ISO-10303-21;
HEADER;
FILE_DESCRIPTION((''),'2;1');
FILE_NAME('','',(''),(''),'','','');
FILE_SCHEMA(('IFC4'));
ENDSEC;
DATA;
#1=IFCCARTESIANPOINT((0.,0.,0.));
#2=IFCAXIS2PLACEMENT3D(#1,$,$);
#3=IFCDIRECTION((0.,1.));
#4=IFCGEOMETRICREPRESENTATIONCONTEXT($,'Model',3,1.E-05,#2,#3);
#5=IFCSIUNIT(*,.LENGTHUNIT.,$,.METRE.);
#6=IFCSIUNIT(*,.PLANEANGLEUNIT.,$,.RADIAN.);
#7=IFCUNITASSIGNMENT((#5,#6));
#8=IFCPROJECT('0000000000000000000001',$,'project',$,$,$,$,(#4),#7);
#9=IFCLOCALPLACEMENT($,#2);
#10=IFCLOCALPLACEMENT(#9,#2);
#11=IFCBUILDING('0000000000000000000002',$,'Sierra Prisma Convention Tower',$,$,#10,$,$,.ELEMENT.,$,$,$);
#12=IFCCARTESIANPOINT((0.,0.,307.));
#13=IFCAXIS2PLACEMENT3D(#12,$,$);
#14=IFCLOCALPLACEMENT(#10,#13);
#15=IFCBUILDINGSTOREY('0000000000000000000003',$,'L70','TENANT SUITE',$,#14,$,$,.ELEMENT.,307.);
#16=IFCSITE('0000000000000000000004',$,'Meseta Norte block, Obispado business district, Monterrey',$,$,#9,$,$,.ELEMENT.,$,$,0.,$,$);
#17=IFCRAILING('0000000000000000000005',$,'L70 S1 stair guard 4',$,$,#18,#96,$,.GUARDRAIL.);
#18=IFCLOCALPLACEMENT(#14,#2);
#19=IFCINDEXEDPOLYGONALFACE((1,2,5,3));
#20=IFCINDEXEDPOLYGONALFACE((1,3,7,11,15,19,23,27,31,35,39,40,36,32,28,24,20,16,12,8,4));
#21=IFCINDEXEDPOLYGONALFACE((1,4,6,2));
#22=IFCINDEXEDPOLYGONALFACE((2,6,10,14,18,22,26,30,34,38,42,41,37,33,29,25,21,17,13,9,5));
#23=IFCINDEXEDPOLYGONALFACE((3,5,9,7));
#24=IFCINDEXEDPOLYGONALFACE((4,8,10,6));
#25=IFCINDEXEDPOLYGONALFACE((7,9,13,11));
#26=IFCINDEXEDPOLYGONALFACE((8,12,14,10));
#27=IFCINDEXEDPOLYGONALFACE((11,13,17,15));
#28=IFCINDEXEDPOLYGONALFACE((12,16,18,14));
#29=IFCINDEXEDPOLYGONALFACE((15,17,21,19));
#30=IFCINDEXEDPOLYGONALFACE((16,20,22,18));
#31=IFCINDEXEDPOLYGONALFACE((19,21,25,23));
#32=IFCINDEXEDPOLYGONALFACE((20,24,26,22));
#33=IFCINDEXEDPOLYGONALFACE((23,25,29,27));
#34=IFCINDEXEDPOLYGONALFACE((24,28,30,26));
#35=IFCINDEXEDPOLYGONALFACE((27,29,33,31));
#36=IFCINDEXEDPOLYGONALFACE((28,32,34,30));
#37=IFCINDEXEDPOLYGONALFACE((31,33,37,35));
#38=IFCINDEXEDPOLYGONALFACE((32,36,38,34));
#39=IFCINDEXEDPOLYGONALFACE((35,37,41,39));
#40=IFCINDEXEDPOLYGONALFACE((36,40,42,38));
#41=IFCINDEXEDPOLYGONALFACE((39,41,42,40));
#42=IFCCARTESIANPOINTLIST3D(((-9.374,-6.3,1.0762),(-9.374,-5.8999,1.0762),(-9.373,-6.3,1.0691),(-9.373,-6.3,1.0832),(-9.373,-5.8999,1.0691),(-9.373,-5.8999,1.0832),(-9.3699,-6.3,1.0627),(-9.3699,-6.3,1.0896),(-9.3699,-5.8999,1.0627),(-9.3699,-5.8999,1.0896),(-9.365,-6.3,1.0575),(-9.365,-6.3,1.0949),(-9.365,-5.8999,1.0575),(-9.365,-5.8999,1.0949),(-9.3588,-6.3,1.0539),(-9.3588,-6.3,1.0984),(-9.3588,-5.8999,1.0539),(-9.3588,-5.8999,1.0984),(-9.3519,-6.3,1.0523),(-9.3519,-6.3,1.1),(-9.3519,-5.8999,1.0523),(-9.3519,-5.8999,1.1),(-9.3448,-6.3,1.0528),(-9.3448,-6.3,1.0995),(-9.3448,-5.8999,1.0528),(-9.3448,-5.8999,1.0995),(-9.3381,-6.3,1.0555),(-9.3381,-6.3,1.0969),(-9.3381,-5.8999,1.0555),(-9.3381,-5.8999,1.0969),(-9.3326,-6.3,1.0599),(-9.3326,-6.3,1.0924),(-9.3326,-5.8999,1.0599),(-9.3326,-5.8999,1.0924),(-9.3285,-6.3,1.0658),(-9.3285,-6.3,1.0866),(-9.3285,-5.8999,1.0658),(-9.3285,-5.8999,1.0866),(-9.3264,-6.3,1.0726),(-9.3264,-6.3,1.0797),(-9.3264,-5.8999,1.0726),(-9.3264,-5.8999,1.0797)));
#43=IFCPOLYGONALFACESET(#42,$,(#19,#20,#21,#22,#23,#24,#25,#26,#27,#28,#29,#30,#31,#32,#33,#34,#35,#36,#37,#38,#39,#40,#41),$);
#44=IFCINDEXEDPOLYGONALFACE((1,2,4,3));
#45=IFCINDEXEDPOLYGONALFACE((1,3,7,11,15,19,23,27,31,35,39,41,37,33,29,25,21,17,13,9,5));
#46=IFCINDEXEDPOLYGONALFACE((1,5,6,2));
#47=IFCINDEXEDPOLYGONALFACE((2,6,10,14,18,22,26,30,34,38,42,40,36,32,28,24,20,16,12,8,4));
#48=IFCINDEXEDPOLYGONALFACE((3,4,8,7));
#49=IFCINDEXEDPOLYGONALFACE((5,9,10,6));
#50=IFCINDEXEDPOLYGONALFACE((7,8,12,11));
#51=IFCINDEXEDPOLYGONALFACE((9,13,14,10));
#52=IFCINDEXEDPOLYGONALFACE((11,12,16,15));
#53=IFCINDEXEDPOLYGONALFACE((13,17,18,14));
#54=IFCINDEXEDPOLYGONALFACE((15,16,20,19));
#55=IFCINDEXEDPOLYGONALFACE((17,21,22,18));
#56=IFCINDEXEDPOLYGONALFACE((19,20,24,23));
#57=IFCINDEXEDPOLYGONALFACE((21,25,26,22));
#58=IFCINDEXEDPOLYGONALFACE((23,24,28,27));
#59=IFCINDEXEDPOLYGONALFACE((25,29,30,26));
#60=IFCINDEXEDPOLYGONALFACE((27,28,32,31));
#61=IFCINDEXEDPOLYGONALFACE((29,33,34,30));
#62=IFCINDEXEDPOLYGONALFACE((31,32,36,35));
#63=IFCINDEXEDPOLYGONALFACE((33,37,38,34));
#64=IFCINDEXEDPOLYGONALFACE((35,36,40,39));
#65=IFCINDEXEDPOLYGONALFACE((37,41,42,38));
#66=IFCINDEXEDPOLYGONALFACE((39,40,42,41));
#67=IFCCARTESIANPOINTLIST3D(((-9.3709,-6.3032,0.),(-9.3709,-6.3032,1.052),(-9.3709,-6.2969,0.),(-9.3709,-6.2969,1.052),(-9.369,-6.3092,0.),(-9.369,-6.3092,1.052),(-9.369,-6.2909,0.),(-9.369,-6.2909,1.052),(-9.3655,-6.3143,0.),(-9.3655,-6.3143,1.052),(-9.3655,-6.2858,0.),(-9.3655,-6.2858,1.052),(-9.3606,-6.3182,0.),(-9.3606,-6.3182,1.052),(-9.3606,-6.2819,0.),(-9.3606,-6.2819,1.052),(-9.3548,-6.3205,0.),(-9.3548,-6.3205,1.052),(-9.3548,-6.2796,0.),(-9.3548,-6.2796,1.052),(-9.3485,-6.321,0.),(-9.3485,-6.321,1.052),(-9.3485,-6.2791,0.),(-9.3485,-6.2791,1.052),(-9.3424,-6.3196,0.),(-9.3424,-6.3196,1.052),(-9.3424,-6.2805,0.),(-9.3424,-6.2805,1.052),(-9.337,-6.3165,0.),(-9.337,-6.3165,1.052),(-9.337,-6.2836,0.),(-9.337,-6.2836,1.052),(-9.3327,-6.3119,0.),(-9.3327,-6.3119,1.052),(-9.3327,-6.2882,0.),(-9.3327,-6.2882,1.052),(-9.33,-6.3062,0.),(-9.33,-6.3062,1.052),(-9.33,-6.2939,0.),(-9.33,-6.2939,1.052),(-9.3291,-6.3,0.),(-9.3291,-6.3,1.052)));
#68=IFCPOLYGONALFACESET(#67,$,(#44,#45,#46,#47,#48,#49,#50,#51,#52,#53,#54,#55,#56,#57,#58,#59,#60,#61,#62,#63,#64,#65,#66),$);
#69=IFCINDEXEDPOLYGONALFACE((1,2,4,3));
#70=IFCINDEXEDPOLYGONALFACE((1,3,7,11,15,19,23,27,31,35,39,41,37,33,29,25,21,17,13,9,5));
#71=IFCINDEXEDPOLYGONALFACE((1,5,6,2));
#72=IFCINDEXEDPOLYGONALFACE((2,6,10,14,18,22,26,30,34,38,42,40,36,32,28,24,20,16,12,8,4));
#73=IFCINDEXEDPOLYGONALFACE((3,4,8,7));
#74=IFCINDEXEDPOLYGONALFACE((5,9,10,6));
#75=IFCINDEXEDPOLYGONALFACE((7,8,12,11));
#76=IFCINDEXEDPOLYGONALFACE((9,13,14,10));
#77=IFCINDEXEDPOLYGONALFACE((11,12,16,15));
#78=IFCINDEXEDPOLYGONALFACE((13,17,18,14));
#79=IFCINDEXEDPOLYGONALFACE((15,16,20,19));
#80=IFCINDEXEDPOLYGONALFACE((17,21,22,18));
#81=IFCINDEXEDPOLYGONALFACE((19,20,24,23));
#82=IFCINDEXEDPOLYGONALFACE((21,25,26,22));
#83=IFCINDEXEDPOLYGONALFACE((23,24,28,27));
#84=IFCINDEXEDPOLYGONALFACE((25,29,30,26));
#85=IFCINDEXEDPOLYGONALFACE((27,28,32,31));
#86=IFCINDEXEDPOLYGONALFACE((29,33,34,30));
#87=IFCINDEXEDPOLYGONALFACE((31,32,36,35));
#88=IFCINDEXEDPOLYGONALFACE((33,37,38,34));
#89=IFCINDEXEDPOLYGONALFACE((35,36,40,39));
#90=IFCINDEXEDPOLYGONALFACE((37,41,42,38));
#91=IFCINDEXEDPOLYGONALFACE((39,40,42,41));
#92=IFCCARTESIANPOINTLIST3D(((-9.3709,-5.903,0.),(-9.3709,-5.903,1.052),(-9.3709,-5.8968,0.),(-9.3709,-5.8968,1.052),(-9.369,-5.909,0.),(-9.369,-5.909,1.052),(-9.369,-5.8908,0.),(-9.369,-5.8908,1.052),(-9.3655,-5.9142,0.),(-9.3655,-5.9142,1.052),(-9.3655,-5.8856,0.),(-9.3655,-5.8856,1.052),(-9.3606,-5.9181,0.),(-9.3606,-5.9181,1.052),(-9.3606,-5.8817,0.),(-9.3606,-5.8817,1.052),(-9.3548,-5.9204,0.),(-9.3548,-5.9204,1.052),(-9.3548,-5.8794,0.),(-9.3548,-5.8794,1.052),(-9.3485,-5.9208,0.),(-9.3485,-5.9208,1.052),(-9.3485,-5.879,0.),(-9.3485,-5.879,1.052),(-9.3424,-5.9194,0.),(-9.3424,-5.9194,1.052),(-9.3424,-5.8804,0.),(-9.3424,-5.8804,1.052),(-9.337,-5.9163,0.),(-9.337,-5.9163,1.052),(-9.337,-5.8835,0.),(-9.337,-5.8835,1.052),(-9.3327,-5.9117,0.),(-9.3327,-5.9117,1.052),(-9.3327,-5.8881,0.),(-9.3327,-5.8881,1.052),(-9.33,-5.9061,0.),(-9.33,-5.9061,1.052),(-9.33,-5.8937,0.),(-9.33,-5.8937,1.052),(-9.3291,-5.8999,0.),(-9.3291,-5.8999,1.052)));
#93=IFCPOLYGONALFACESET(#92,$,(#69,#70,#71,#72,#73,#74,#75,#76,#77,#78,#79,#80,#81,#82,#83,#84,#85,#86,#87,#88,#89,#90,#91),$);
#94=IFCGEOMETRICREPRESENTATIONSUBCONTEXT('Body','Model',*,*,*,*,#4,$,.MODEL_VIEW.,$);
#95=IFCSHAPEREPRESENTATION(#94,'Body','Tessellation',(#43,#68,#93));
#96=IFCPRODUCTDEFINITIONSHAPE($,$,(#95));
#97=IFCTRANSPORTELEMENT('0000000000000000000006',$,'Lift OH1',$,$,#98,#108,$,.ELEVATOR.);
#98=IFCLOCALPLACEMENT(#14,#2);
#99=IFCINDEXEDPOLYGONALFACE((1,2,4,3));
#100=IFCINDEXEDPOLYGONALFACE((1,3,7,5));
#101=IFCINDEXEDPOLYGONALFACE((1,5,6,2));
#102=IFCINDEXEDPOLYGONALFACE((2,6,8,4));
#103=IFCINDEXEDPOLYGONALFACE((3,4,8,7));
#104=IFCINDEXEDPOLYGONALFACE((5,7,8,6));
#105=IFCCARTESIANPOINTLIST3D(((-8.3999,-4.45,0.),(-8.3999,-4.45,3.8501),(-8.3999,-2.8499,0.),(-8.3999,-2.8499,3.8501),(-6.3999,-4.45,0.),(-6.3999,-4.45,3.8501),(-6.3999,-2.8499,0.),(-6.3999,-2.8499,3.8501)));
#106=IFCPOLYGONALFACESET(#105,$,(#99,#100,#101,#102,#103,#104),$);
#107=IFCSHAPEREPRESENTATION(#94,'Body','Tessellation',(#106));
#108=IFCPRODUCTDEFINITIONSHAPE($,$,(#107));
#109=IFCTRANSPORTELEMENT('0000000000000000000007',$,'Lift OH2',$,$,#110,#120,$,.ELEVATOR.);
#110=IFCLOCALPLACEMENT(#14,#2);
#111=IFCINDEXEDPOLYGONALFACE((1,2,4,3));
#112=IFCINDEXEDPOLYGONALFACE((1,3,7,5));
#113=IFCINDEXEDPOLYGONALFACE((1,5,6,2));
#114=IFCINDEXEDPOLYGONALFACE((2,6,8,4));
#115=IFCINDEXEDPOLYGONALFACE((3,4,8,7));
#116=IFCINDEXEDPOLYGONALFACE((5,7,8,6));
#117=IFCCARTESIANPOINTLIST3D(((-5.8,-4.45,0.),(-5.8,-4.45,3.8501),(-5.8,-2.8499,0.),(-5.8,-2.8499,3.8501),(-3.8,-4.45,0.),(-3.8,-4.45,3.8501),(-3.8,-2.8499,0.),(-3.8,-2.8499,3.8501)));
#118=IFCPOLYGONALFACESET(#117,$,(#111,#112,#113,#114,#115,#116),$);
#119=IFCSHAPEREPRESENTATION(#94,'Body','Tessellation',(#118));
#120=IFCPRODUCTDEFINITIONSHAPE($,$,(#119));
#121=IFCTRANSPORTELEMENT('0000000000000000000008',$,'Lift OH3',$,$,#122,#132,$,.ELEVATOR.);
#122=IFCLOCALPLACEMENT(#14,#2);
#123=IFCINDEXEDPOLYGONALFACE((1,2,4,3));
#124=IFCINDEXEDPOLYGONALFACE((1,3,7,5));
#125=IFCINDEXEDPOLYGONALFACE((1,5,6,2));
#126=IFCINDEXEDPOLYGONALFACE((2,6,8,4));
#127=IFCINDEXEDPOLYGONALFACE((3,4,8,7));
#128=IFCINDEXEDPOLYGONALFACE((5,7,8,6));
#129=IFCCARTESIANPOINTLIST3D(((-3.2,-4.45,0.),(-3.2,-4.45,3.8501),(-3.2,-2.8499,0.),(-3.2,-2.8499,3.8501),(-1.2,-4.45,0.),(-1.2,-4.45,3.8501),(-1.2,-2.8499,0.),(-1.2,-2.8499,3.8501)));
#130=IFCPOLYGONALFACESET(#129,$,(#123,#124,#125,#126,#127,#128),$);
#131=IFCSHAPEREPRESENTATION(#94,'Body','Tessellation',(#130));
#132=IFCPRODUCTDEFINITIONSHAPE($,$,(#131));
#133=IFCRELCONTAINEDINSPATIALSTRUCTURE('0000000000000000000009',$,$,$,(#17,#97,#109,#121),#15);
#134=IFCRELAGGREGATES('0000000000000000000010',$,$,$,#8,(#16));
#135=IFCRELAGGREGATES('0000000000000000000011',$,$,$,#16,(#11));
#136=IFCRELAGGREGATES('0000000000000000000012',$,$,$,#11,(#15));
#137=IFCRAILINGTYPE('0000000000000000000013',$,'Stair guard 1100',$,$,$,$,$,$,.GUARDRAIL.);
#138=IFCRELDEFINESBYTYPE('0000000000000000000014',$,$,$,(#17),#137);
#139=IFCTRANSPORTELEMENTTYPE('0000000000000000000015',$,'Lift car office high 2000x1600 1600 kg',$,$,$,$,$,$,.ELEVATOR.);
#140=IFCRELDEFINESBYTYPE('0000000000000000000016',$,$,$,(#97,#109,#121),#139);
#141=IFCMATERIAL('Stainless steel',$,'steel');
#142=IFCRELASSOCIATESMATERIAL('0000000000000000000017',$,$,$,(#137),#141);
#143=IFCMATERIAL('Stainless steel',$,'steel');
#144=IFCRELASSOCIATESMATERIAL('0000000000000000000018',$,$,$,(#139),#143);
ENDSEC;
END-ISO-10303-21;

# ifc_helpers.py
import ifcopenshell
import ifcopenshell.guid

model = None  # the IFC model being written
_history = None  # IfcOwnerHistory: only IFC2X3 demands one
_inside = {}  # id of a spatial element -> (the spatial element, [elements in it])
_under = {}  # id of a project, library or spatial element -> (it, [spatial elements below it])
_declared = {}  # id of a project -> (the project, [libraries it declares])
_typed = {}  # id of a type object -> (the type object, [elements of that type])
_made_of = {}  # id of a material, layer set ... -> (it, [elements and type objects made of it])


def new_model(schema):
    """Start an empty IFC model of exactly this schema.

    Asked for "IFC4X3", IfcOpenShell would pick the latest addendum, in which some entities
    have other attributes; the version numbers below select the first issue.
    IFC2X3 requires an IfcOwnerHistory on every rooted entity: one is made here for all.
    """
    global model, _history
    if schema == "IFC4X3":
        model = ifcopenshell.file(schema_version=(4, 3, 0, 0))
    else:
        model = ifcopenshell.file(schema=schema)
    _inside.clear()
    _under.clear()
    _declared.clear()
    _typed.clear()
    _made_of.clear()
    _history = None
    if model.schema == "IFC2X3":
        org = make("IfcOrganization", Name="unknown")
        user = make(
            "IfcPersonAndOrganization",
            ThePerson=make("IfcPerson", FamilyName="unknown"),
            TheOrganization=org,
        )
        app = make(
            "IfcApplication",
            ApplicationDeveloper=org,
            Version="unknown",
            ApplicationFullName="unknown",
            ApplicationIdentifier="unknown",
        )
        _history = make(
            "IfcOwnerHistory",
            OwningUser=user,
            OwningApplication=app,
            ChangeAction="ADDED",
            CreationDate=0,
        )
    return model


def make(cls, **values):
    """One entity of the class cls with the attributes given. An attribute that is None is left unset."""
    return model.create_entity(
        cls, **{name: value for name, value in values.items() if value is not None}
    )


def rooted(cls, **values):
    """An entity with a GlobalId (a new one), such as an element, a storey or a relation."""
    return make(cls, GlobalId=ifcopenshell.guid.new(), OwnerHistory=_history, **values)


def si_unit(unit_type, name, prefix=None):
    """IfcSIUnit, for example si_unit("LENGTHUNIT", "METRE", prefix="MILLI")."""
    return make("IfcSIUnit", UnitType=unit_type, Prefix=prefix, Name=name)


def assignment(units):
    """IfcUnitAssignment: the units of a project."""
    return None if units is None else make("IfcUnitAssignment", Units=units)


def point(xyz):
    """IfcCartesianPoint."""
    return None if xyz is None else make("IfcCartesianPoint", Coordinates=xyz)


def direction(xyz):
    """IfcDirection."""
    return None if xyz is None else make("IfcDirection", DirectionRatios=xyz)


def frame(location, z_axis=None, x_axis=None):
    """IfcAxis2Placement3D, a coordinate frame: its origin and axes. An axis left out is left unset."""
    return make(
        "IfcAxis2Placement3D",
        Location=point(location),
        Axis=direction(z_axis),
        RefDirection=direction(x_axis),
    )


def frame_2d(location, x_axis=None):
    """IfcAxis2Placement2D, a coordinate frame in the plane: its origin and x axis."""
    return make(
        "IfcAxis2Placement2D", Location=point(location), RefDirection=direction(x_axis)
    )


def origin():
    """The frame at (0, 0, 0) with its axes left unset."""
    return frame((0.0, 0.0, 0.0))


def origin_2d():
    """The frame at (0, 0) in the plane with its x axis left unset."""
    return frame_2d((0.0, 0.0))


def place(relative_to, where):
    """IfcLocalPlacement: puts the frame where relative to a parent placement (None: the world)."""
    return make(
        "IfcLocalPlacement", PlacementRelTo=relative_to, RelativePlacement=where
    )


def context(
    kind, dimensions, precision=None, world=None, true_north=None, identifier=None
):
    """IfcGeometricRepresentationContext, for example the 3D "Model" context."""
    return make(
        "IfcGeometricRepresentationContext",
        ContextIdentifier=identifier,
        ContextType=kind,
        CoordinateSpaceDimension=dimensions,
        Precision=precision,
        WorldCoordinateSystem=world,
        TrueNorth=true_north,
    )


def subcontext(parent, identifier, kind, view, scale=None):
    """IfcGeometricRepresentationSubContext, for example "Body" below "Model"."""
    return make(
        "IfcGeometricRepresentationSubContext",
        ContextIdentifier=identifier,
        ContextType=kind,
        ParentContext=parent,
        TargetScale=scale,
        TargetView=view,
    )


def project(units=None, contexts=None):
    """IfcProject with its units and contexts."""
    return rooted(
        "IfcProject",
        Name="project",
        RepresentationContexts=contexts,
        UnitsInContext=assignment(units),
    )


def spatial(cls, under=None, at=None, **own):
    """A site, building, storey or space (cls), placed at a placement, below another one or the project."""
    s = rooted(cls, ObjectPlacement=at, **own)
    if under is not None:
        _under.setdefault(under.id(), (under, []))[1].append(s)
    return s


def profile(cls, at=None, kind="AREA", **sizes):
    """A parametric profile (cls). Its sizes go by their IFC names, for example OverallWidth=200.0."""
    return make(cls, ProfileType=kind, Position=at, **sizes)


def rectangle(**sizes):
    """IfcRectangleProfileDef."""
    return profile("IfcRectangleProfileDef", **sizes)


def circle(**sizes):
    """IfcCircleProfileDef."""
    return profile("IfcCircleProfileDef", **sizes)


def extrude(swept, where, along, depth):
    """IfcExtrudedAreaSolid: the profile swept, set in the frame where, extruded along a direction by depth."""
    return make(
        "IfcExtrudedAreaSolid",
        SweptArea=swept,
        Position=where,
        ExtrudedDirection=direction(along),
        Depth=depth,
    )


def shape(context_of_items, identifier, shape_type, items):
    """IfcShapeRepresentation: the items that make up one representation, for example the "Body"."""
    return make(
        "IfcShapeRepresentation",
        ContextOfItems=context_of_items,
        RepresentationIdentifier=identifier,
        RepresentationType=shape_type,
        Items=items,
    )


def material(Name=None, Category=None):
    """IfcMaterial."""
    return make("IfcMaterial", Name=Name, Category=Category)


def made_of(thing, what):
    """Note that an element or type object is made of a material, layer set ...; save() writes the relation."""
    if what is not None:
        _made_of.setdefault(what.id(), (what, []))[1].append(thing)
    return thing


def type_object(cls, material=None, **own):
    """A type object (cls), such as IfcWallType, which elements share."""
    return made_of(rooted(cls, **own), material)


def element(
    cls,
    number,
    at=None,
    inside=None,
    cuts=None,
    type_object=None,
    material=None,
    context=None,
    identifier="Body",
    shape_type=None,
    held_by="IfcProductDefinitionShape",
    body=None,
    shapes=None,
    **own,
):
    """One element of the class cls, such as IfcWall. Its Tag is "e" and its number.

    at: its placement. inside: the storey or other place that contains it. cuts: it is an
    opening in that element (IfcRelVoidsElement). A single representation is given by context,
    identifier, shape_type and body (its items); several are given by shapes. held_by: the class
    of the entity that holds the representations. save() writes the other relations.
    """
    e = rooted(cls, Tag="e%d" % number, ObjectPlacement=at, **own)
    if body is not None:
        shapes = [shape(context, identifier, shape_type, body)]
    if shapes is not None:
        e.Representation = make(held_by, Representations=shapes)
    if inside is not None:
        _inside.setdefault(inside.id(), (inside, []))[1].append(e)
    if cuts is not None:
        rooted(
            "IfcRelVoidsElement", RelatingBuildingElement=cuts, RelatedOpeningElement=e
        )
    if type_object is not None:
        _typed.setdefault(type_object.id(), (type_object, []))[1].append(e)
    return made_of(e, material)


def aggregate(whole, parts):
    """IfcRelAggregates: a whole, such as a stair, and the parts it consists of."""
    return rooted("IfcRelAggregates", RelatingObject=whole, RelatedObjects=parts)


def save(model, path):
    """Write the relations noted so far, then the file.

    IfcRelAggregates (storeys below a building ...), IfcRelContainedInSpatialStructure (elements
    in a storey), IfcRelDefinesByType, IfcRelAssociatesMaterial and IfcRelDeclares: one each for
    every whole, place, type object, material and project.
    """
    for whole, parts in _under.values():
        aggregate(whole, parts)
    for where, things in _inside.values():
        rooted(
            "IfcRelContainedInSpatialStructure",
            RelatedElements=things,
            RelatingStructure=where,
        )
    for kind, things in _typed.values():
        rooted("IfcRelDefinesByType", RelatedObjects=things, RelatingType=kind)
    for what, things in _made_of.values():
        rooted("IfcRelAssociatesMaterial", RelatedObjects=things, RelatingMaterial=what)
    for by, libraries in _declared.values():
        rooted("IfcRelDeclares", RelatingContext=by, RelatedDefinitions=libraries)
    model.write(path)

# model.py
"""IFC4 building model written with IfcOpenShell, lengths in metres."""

from ifc_helpers import new_model, si_unit, direction, frame, origin, origin_2d, place, context, subcontext, project, spatial, rectangle, circle, extrude, material, type_object, element, save


model = new_model("IFC4")

# Units and contexts
model_context = context("Model", 3, precision=1e-05, world=origin(), true_north=direction((0.0, 1.0)))
body_context = subcontext(model_context, "Body", "Model", "MODEL_VIEW")
ifc_project = project(units=[si_unit("LENGTHUNIT", "METRE"), si_unit("PLANEANGLEUNIT", "RADIAN")], contexts=[model_context])

# Site, building, storey
site_placement = place(None, origin())
site = spatial("IfcSite", under=ifc_project, at=site_placement, Name="Meseta Norte block, Obispado business district, Monterrey", CompositionType="ELEMENT", RefElevation=0.0)
building_placement = place(site_placement, origin())
building = spatial("IfcBuilding", under=site, at=building_placement, Name="Sierra Prisma Convention Tower", CompositionType="ELEMENT")
storey_placement = place(building_placement, frame((0.0, 0.0, 307.0)))
storey = spatial("IfcBuildingStorey", under=building, at=storey_placement, Name="L70", Description="TENANT SUITE", CompositionType="ELEMENT", Elevation=307.0)

# Railing
ifc_material_1 = material(Name="Stainless steel", Category="steel")
railing_type_1 = type_object("IfcRailingType", Name="Stair guard 1100", PredefinedType="GUARDRAIL", material=ifc_material_1)
railing_1_placement = place(storey_placement, frame((-9.3501, -6.3, 0.0)))
element("IfcRailing", 1, at=railing_1_placement, inside=storey, type_object=railing_type_1, Name="L70 S1 stair guard 4", PredefinedType="GUARDRAIL", context=body_context, shape_type="SweptSolid", body=[
    extrude(circle(Radius=0.0239, at=origin_2d()), frame((0.0, 0.0, 1.0762), z_axis=(0.0, 1.0, 0.0), x_axis=(-1.0, 0.0, 0.0)), (0.0, 0.0, 1.0), 0.4001),
    extrude(circle(Radius=0.021, at=origin_2d()), origin(), (0.0, 0.0, 1.0), 1.052),
    extrude(circle(Radius=0.021, at=origin_2d()), frame((0.0, 0.4001, 0.0)), (0.0, 0.0, 1.0), 1.052),
])

# Transport elements
ifc_material_2 = material(Name="Stainless steel", Category="steel")
transport_element_type = type_object("IfcTransportElementType", Name="Lift car office high 2000x1600 1600 kg", PredefinedType="ELEVATOR", material=ifc_material_2)
for number, where, z_axis, x_axis, name in (
    (2, (-7.3999, -3.6499, 0.0), (0.0, 0.0, 1.0), (1.0, 0.0, 0.0), "Lift OH1"),
    (3, (-4.8, -3.6499, 0.0), (0.0, 0.0, 1.0), (1.0, 0.0, 0.0), "Lift OH2"),
    (4, (-2.2, -3.6499, 0.0), (0.0, 0.0, 1.0), (1.0, 0.0, 0.0), "Lift OH3"),
):
    element("IfcTransportElement", number, at=place(storey_placement, frame(where, z_axis=z_axis, x_axis=x_axis)), inside=storey, type_object=transport_element_type, Name=name, PredefinedType="ELEVATOR", context=body_context, shape_type="SweptSolid", body=[
        extrude(rectangle(XDim=2.0, YDim=1.6001, at=origin_2d()), origin(), (0.0, 0.0, 1.0), 3.8501),
    ])

save(model, "model.ifc")
